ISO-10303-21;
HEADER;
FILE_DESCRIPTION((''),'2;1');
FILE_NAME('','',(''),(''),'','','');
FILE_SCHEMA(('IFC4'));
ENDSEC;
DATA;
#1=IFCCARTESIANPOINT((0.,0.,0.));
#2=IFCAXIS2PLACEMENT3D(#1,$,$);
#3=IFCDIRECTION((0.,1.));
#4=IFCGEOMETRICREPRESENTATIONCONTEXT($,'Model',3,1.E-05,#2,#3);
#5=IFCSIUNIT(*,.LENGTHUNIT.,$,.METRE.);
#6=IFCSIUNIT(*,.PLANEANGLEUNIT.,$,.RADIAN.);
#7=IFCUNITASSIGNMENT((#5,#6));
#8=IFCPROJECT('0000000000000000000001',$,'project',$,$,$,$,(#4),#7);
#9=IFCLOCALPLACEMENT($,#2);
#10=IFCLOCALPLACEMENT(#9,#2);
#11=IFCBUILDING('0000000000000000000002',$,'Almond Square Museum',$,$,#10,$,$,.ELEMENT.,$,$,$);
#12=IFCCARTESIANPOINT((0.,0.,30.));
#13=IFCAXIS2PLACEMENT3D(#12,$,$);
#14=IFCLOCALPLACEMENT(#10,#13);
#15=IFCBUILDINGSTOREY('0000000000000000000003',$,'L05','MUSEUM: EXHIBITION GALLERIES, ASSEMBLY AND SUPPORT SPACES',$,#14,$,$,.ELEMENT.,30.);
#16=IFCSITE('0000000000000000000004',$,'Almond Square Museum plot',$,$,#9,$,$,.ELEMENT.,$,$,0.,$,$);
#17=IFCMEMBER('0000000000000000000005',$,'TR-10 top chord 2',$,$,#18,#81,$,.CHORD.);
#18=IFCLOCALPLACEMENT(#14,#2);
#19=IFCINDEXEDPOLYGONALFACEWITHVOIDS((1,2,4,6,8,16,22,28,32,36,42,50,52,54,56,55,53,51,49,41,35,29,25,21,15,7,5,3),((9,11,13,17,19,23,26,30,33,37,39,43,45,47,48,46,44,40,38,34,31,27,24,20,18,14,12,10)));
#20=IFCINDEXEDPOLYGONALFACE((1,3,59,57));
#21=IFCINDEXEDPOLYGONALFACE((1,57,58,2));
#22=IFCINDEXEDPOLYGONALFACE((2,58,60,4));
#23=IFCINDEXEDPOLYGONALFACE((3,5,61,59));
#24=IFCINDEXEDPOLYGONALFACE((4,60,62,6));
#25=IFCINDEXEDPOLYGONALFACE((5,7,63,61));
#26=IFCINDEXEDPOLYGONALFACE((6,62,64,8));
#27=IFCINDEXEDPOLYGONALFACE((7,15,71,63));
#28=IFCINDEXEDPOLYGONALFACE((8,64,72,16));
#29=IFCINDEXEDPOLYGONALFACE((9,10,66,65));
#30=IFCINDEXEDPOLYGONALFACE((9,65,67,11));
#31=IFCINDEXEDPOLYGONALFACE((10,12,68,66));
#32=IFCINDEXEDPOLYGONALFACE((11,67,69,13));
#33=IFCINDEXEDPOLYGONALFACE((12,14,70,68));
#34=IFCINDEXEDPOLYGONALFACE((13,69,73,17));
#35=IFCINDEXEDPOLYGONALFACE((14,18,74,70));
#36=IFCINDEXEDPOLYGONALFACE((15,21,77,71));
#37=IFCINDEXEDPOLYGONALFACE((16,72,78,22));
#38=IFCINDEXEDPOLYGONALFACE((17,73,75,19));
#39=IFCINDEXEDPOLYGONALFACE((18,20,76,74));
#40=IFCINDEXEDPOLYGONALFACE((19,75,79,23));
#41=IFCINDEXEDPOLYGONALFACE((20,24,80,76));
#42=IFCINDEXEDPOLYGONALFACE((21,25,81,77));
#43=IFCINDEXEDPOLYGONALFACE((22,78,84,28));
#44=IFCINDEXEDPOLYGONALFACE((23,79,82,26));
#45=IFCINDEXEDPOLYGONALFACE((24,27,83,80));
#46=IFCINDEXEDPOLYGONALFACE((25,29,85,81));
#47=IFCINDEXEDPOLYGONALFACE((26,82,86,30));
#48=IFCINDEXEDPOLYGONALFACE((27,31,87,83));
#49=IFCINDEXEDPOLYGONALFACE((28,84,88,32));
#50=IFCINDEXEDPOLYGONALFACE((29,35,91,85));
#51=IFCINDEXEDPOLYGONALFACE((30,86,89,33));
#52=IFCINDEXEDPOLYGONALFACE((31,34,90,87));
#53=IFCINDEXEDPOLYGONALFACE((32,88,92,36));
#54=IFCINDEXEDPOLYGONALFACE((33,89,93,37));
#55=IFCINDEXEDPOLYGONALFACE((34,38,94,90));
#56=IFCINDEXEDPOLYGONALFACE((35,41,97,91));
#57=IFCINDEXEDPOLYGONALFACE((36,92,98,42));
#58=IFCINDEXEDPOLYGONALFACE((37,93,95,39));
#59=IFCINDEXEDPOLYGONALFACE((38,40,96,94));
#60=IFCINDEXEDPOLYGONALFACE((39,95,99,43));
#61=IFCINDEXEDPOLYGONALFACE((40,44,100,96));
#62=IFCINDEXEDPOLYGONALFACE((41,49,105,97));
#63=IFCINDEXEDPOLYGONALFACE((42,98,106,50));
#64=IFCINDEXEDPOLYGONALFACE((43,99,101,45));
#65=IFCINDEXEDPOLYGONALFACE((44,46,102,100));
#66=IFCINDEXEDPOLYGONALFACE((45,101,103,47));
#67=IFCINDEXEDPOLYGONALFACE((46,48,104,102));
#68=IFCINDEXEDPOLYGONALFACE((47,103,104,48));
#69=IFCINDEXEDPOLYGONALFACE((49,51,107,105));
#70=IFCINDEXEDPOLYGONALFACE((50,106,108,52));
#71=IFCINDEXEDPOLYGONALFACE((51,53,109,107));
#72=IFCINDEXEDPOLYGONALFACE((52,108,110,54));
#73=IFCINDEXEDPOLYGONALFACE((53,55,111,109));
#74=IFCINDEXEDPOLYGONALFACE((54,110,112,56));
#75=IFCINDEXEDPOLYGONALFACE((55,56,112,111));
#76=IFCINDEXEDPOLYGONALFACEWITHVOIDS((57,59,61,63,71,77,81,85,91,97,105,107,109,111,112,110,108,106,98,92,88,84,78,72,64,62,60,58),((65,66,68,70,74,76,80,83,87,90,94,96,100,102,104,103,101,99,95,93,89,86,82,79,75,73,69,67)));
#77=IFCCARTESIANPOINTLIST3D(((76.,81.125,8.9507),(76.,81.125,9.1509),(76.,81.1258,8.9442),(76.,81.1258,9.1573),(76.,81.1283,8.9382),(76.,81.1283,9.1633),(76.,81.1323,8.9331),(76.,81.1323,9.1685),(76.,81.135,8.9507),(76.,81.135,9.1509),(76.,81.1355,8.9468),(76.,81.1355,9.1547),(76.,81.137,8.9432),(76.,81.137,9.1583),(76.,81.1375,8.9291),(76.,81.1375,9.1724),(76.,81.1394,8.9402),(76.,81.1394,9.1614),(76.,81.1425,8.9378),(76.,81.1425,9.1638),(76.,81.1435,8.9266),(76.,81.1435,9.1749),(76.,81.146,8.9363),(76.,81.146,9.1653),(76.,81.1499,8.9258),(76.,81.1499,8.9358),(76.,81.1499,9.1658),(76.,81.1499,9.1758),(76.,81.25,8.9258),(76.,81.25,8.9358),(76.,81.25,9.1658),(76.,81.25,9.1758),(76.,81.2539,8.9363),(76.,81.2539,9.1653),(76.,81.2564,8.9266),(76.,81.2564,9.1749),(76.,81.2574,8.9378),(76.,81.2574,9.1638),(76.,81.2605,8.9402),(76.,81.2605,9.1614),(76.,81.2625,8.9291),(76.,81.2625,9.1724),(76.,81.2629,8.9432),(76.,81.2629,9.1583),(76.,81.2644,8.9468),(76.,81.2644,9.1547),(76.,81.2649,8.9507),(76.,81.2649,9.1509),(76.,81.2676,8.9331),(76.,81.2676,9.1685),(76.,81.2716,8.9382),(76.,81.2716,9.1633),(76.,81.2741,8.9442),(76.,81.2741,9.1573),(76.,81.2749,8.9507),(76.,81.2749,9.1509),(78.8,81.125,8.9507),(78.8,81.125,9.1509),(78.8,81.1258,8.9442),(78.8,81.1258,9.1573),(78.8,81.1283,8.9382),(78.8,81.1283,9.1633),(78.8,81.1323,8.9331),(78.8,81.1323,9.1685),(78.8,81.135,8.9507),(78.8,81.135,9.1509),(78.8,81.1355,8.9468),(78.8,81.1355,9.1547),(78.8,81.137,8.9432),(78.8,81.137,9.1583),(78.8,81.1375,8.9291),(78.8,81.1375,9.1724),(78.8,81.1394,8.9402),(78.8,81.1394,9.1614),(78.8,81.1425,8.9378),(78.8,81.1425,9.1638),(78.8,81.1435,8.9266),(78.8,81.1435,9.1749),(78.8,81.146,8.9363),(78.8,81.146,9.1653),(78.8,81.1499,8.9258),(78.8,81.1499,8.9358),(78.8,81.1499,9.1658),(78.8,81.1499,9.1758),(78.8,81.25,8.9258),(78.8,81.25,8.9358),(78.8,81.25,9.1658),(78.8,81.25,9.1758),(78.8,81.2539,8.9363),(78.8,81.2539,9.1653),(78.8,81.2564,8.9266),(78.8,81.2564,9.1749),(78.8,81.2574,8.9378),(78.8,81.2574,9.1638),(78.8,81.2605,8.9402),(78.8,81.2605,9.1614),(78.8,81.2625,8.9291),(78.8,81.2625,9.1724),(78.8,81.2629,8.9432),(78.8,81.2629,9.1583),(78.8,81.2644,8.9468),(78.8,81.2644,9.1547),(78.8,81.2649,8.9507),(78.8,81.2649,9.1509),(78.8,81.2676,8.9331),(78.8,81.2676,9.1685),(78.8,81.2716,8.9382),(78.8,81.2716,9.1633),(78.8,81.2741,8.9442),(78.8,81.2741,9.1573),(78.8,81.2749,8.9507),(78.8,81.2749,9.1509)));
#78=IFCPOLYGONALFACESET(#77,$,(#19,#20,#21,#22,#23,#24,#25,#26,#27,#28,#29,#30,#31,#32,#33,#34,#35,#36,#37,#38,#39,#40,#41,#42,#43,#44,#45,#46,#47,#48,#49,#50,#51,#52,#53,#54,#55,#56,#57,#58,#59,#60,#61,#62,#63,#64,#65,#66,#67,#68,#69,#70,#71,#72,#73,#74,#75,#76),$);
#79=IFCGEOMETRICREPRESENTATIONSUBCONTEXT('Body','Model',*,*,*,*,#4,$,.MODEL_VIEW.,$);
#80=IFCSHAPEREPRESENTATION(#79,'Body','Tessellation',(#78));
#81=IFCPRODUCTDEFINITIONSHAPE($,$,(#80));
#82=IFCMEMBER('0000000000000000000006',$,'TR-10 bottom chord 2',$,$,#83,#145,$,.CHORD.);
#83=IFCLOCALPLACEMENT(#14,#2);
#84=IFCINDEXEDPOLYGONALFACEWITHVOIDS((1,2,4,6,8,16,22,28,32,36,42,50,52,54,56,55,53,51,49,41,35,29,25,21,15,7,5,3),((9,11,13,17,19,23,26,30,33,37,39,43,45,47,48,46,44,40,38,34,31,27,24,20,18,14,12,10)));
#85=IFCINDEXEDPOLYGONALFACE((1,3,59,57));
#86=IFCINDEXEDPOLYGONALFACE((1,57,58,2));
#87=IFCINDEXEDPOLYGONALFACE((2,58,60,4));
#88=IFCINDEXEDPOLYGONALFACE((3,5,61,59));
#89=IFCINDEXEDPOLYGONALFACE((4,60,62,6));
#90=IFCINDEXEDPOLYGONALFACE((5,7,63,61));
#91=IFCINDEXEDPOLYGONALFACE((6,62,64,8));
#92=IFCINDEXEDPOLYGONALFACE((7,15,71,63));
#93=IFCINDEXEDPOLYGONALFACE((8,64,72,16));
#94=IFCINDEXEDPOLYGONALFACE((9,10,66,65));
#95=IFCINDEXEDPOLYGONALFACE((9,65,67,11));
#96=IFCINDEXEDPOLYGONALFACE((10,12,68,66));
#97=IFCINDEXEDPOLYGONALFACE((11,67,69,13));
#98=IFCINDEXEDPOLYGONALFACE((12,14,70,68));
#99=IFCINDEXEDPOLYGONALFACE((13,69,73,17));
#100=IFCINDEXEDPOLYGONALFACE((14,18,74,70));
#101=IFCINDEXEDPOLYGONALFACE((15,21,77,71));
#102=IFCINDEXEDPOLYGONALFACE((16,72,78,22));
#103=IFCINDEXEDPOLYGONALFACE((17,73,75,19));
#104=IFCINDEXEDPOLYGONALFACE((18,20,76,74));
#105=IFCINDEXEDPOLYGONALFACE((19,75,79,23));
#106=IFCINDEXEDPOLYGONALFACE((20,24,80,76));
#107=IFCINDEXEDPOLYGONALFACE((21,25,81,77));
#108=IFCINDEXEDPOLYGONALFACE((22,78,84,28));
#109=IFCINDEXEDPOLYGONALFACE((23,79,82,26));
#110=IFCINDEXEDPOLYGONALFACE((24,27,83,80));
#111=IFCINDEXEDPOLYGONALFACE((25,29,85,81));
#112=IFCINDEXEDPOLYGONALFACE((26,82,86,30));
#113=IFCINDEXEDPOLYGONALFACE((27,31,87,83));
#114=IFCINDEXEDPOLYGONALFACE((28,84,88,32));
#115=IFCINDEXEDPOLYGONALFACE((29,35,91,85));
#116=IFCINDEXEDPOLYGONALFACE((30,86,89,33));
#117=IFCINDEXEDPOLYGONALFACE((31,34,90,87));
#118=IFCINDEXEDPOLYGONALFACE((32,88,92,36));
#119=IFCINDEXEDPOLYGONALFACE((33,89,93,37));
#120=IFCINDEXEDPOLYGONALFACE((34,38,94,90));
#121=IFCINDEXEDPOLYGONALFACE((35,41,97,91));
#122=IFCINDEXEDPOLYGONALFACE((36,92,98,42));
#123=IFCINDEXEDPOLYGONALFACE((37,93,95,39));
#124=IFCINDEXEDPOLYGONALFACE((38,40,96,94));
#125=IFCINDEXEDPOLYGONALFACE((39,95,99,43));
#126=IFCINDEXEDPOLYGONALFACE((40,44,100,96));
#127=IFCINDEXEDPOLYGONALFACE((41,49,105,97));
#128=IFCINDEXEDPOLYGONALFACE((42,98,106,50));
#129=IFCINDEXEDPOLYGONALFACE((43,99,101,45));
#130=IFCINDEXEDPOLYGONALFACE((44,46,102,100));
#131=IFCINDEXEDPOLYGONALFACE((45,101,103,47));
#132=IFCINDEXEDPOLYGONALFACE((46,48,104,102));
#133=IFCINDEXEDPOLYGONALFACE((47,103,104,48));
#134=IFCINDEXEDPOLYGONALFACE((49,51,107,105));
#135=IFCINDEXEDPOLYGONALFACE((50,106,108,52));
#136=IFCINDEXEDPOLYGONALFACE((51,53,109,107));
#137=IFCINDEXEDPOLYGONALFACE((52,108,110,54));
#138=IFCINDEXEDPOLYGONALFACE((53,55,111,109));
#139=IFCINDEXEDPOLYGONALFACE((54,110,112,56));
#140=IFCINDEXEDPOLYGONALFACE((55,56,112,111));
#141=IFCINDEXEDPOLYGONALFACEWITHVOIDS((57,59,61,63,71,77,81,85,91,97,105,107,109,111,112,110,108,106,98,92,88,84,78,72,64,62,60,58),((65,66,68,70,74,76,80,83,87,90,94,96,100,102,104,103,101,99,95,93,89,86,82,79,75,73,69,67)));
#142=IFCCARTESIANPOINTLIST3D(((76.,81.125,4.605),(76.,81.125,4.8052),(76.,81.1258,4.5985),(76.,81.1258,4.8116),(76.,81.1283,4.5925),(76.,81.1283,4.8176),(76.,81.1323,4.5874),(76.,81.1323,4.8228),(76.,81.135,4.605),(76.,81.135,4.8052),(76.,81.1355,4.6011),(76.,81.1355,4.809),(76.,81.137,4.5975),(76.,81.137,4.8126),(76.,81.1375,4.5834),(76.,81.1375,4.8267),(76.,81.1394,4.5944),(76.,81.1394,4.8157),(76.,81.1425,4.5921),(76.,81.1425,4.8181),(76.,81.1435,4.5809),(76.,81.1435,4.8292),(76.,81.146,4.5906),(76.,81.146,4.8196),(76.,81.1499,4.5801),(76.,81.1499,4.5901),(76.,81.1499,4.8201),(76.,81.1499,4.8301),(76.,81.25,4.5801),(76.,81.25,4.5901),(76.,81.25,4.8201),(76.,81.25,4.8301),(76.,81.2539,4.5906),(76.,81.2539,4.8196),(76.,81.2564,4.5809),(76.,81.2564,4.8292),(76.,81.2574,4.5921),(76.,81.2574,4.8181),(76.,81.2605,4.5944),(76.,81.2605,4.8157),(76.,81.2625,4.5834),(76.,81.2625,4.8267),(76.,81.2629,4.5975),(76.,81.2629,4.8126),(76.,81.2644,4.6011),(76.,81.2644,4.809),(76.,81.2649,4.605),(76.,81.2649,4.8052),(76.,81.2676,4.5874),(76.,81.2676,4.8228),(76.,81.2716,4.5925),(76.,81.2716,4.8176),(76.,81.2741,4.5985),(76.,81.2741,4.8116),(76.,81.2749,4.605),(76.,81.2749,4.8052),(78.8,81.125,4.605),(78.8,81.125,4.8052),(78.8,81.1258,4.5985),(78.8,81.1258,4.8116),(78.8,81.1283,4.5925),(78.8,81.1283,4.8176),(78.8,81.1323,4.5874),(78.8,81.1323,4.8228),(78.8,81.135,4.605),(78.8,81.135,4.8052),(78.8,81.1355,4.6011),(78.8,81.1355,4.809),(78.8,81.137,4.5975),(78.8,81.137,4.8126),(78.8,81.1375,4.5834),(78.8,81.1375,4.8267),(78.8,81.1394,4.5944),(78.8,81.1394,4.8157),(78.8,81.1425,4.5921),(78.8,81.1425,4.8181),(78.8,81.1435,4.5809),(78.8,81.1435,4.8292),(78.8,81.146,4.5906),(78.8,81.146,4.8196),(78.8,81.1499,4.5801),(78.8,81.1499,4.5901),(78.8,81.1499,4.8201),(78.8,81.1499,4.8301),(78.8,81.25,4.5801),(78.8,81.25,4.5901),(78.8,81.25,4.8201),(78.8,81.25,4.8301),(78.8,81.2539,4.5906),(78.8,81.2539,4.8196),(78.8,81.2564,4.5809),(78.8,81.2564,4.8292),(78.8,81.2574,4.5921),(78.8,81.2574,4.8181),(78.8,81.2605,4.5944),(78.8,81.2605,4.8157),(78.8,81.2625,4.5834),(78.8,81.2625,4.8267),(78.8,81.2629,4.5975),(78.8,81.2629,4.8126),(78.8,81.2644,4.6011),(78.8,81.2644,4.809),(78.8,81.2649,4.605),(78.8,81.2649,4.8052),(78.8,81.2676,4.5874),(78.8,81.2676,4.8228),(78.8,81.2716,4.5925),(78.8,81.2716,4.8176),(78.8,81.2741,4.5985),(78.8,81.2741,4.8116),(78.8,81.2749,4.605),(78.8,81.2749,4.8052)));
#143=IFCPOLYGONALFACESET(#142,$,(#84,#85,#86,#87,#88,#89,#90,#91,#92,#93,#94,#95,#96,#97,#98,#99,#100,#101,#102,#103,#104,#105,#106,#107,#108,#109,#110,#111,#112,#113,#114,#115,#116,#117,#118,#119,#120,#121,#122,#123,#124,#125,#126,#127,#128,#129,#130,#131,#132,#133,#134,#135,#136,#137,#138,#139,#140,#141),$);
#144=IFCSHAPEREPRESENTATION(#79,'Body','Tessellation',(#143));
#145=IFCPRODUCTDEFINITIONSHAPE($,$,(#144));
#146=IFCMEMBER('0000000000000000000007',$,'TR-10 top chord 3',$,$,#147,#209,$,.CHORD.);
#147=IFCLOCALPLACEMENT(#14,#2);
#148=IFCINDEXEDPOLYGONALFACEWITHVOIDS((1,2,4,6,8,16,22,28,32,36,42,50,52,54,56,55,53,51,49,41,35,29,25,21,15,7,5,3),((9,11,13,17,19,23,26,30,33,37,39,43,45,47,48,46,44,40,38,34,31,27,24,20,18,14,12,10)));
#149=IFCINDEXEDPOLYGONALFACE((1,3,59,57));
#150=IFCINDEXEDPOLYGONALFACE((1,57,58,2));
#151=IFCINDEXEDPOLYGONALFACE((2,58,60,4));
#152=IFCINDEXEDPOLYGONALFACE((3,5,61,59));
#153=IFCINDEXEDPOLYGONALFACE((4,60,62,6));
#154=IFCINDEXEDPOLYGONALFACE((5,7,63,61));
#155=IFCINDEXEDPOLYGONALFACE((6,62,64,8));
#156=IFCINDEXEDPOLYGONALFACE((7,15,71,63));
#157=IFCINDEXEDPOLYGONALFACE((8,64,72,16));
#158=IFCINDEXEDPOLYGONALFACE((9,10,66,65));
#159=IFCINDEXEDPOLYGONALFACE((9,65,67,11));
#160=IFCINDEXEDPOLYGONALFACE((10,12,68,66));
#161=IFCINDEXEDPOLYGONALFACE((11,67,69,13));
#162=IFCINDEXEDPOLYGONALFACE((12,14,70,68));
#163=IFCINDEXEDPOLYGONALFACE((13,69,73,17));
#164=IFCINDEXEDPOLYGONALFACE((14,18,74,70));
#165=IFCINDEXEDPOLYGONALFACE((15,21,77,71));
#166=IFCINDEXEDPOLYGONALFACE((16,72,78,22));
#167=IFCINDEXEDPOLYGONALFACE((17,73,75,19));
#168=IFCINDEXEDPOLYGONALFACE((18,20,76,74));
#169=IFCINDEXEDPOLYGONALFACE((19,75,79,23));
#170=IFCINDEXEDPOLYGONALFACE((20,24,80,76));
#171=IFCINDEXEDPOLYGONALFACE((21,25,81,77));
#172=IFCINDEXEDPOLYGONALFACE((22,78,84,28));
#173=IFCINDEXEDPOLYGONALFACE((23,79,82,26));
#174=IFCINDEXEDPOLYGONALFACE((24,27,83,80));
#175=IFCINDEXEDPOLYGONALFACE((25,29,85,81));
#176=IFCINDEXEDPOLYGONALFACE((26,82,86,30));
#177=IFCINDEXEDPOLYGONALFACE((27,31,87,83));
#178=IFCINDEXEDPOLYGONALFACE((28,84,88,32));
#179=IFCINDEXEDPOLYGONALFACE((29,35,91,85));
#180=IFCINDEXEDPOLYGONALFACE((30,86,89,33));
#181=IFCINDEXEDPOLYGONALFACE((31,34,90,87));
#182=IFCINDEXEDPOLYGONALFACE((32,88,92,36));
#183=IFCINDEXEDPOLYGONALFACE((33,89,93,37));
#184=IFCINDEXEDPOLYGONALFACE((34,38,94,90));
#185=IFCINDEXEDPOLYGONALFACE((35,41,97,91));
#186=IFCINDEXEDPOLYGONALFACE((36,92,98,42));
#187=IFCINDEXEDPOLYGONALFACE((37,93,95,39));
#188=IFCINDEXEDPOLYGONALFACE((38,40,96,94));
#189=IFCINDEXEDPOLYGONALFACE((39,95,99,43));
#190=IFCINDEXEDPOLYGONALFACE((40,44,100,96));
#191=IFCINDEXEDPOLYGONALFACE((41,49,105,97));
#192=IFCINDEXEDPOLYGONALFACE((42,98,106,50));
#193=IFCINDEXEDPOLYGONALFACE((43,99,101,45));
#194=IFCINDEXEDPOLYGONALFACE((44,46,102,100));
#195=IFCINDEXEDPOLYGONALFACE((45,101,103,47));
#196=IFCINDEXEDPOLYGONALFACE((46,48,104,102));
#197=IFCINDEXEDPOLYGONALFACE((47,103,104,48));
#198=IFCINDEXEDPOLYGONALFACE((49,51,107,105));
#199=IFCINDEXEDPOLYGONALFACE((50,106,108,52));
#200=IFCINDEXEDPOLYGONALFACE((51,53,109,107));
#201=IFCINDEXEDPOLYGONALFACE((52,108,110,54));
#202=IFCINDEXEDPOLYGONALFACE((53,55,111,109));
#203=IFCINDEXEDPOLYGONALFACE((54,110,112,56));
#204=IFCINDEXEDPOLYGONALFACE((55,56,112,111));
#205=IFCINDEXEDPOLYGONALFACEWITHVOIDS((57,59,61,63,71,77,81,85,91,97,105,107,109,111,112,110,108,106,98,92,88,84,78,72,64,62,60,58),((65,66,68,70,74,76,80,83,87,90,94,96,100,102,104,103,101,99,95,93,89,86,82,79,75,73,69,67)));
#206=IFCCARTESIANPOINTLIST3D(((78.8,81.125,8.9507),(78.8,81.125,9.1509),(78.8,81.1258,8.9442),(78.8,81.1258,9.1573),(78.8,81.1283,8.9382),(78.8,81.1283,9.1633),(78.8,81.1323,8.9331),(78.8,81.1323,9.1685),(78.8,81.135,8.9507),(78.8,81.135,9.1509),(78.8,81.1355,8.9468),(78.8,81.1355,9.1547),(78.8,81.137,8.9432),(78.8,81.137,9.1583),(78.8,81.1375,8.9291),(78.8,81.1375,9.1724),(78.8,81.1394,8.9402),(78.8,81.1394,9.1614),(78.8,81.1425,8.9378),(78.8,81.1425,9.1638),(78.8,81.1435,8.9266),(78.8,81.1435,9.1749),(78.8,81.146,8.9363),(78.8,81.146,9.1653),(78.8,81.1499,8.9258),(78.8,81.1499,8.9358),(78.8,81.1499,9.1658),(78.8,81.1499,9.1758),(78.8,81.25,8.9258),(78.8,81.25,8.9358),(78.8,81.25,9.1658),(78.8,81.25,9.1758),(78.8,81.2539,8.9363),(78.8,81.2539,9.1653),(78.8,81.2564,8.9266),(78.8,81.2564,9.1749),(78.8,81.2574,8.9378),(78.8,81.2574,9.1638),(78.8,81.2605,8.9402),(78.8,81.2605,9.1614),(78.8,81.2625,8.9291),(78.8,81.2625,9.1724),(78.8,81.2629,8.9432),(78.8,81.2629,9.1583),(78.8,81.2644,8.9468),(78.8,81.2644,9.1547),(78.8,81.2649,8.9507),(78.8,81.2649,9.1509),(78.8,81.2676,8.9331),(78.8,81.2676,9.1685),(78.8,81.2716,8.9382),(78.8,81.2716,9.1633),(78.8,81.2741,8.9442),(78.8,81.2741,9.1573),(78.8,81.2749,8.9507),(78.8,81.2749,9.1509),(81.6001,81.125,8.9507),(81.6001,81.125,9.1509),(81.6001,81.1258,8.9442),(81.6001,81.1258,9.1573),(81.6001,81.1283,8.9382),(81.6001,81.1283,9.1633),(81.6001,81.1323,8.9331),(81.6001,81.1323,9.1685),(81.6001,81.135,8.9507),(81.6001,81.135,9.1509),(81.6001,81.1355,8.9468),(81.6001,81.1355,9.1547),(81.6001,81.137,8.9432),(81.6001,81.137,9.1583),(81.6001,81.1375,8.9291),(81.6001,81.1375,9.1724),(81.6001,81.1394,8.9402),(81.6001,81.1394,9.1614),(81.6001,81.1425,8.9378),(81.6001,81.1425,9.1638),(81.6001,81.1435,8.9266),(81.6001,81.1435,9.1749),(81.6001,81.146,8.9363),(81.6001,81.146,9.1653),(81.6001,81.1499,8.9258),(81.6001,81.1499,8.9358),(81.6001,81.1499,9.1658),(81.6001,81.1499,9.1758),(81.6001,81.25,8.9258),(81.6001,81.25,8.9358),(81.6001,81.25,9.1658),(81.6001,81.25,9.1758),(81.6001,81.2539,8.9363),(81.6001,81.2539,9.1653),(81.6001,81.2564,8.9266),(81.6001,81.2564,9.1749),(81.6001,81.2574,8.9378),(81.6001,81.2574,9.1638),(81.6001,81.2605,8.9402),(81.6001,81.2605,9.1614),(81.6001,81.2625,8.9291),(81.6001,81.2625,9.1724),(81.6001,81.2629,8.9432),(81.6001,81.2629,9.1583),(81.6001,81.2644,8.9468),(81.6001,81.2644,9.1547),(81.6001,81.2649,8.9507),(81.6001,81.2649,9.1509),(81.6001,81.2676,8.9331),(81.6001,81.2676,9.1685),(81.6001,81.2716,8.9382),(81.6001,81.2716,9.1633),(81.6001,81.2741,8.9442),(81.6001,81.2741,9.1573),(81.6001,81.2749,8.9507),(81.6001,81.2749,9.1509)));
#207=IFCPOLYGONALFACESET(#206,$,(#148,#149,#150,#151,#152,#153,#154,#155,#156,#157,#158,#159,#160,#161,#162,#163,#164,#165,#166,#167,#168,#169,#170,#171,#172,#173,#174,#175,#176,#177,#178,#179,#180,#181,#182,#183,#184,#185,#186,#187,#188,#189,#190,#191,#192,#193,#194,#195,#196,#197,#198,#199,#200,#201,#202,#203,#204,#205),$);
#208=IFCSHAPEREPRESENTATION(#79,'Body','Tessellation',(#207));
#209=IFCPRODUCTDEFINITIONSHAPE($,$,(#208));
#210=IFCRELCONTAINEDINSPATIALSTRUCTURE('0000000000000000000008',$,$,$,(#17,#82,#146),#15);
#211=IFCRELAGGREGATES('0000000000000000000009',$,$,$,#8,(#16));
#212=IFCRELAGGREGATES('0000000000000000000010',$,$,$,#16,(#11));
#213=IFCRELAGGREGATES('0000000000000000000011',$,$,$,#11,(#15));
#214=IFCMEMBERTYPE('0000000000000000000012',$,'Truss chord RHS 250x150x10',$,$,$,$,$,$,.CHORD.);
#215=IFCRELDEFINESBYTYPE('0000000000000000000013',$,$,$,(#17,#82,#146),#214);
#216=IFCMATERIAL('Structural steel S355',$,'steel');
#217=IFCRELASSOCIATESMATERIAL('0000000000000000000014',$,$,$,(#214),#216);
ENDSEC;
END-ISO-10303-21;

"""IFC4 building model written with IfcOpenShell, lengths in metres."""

from ifc_helpers import new_model, si_unit, direction, frame, origin, origin_2d, place, context, subcontext, project, spatial, hollow_rectangle, extrude, material, material_profile, profile_set, type_object, element, save


model = new_model("IFC4")

# Units and contexts
model_context = context("Model", 3, precision=1e-05, world=origin(), true_north=direction((0.0, 1.0)))
body_context = subcontext(model_context, "Body", "Model", "MODEL_VIEW")
ifc_project = project(units=[si_unit("LENGTHUNIT", "METRE"), si_unit("PLANEANGLEUNIT", "RADIAN")], contexts=[model_context])

# Site, building, storey
site_placement = place(None, origin())
site = spatial("IfcSite", under=ifc_project, at=site_placement, Name="Almond Square Museum plot", CompositionType="ELEMENT", RefElevation=0.0)
building_placement = place(site_placement, origin())
building = spatial("IfcBuilding", under=site, at=building_placement, Name="Almond Square Museum", CompositionType="ELEMENT")
storey_placement = place(building_placement, frame((0.0, 0.0, 30.0)))
storey = spatial("IfcBuildingStorey", under=building, at=storey_placement, Name="L05", Description="MUSEUM: EXHIBITION GALLERIES, ASSEMBLY AND SUPPORT SPACES", CompositionType="ELEMENT", Elevation=30.0)

# Members
ifc_material_1 = material(Name="Structural steel S355", Category="steel")
ifc_material_profile_1 = material_profile(ifc_material_1, hollow_rectangle(XDim=0.1499, YDim=0.25, WallThickness=0.01, InnerFilletRadius=0.0149, OuterFilletRadius=0.0249, at=origin_2d()))
ifc_profile_set_1 = profile_set([ifc_material_profile_1], Name="Structural steel S355")
member_type_1 = type_object("IfcMemberType", Name="Truss chord RHS 250x150x10", PredefinedType="CHORD", material=ifc_profile_set_1)
for number, where, z_axis, x_axis, name in (
    (1, (76.0, 81.2, 9.0508), (1.0, 0.0, 0.0), (0.0, 1.0, 0.0), "TR-10 top chord 2"),
    (2, (76.0, 81.2, 4.7051), (1.0, 0.0, 0.0), (0.0, 1.0, 0.0), "TR-10 bottom chord 2"),
    (3, (78.8, 81.2, 9.0508), (1.0, 0.0, 0.0), (0.0, 1.0, 0.0), "TR-10 top chord 3"),
):
    element("IfcMember", number, at=place(storey_placement, frame(where, z_axis=z_axis, x_axis=x_axis)), inside=storey, type_object=member_type_1, Name=name, PredefinedType="CHORD", context=body_context, shape_type="SweptSolid", body=[
        extrude(hollow_rectangle(XDim=0.1499, YDim=0.25, WallThickness=0.01, InnerFilletRadius=0.0149, OuterFilletRadius=0.0249, at=origin_2d()), origin(), (0.0, 0.0, 1.0), 2.8),
    ])

save(model, "model.ifc")
